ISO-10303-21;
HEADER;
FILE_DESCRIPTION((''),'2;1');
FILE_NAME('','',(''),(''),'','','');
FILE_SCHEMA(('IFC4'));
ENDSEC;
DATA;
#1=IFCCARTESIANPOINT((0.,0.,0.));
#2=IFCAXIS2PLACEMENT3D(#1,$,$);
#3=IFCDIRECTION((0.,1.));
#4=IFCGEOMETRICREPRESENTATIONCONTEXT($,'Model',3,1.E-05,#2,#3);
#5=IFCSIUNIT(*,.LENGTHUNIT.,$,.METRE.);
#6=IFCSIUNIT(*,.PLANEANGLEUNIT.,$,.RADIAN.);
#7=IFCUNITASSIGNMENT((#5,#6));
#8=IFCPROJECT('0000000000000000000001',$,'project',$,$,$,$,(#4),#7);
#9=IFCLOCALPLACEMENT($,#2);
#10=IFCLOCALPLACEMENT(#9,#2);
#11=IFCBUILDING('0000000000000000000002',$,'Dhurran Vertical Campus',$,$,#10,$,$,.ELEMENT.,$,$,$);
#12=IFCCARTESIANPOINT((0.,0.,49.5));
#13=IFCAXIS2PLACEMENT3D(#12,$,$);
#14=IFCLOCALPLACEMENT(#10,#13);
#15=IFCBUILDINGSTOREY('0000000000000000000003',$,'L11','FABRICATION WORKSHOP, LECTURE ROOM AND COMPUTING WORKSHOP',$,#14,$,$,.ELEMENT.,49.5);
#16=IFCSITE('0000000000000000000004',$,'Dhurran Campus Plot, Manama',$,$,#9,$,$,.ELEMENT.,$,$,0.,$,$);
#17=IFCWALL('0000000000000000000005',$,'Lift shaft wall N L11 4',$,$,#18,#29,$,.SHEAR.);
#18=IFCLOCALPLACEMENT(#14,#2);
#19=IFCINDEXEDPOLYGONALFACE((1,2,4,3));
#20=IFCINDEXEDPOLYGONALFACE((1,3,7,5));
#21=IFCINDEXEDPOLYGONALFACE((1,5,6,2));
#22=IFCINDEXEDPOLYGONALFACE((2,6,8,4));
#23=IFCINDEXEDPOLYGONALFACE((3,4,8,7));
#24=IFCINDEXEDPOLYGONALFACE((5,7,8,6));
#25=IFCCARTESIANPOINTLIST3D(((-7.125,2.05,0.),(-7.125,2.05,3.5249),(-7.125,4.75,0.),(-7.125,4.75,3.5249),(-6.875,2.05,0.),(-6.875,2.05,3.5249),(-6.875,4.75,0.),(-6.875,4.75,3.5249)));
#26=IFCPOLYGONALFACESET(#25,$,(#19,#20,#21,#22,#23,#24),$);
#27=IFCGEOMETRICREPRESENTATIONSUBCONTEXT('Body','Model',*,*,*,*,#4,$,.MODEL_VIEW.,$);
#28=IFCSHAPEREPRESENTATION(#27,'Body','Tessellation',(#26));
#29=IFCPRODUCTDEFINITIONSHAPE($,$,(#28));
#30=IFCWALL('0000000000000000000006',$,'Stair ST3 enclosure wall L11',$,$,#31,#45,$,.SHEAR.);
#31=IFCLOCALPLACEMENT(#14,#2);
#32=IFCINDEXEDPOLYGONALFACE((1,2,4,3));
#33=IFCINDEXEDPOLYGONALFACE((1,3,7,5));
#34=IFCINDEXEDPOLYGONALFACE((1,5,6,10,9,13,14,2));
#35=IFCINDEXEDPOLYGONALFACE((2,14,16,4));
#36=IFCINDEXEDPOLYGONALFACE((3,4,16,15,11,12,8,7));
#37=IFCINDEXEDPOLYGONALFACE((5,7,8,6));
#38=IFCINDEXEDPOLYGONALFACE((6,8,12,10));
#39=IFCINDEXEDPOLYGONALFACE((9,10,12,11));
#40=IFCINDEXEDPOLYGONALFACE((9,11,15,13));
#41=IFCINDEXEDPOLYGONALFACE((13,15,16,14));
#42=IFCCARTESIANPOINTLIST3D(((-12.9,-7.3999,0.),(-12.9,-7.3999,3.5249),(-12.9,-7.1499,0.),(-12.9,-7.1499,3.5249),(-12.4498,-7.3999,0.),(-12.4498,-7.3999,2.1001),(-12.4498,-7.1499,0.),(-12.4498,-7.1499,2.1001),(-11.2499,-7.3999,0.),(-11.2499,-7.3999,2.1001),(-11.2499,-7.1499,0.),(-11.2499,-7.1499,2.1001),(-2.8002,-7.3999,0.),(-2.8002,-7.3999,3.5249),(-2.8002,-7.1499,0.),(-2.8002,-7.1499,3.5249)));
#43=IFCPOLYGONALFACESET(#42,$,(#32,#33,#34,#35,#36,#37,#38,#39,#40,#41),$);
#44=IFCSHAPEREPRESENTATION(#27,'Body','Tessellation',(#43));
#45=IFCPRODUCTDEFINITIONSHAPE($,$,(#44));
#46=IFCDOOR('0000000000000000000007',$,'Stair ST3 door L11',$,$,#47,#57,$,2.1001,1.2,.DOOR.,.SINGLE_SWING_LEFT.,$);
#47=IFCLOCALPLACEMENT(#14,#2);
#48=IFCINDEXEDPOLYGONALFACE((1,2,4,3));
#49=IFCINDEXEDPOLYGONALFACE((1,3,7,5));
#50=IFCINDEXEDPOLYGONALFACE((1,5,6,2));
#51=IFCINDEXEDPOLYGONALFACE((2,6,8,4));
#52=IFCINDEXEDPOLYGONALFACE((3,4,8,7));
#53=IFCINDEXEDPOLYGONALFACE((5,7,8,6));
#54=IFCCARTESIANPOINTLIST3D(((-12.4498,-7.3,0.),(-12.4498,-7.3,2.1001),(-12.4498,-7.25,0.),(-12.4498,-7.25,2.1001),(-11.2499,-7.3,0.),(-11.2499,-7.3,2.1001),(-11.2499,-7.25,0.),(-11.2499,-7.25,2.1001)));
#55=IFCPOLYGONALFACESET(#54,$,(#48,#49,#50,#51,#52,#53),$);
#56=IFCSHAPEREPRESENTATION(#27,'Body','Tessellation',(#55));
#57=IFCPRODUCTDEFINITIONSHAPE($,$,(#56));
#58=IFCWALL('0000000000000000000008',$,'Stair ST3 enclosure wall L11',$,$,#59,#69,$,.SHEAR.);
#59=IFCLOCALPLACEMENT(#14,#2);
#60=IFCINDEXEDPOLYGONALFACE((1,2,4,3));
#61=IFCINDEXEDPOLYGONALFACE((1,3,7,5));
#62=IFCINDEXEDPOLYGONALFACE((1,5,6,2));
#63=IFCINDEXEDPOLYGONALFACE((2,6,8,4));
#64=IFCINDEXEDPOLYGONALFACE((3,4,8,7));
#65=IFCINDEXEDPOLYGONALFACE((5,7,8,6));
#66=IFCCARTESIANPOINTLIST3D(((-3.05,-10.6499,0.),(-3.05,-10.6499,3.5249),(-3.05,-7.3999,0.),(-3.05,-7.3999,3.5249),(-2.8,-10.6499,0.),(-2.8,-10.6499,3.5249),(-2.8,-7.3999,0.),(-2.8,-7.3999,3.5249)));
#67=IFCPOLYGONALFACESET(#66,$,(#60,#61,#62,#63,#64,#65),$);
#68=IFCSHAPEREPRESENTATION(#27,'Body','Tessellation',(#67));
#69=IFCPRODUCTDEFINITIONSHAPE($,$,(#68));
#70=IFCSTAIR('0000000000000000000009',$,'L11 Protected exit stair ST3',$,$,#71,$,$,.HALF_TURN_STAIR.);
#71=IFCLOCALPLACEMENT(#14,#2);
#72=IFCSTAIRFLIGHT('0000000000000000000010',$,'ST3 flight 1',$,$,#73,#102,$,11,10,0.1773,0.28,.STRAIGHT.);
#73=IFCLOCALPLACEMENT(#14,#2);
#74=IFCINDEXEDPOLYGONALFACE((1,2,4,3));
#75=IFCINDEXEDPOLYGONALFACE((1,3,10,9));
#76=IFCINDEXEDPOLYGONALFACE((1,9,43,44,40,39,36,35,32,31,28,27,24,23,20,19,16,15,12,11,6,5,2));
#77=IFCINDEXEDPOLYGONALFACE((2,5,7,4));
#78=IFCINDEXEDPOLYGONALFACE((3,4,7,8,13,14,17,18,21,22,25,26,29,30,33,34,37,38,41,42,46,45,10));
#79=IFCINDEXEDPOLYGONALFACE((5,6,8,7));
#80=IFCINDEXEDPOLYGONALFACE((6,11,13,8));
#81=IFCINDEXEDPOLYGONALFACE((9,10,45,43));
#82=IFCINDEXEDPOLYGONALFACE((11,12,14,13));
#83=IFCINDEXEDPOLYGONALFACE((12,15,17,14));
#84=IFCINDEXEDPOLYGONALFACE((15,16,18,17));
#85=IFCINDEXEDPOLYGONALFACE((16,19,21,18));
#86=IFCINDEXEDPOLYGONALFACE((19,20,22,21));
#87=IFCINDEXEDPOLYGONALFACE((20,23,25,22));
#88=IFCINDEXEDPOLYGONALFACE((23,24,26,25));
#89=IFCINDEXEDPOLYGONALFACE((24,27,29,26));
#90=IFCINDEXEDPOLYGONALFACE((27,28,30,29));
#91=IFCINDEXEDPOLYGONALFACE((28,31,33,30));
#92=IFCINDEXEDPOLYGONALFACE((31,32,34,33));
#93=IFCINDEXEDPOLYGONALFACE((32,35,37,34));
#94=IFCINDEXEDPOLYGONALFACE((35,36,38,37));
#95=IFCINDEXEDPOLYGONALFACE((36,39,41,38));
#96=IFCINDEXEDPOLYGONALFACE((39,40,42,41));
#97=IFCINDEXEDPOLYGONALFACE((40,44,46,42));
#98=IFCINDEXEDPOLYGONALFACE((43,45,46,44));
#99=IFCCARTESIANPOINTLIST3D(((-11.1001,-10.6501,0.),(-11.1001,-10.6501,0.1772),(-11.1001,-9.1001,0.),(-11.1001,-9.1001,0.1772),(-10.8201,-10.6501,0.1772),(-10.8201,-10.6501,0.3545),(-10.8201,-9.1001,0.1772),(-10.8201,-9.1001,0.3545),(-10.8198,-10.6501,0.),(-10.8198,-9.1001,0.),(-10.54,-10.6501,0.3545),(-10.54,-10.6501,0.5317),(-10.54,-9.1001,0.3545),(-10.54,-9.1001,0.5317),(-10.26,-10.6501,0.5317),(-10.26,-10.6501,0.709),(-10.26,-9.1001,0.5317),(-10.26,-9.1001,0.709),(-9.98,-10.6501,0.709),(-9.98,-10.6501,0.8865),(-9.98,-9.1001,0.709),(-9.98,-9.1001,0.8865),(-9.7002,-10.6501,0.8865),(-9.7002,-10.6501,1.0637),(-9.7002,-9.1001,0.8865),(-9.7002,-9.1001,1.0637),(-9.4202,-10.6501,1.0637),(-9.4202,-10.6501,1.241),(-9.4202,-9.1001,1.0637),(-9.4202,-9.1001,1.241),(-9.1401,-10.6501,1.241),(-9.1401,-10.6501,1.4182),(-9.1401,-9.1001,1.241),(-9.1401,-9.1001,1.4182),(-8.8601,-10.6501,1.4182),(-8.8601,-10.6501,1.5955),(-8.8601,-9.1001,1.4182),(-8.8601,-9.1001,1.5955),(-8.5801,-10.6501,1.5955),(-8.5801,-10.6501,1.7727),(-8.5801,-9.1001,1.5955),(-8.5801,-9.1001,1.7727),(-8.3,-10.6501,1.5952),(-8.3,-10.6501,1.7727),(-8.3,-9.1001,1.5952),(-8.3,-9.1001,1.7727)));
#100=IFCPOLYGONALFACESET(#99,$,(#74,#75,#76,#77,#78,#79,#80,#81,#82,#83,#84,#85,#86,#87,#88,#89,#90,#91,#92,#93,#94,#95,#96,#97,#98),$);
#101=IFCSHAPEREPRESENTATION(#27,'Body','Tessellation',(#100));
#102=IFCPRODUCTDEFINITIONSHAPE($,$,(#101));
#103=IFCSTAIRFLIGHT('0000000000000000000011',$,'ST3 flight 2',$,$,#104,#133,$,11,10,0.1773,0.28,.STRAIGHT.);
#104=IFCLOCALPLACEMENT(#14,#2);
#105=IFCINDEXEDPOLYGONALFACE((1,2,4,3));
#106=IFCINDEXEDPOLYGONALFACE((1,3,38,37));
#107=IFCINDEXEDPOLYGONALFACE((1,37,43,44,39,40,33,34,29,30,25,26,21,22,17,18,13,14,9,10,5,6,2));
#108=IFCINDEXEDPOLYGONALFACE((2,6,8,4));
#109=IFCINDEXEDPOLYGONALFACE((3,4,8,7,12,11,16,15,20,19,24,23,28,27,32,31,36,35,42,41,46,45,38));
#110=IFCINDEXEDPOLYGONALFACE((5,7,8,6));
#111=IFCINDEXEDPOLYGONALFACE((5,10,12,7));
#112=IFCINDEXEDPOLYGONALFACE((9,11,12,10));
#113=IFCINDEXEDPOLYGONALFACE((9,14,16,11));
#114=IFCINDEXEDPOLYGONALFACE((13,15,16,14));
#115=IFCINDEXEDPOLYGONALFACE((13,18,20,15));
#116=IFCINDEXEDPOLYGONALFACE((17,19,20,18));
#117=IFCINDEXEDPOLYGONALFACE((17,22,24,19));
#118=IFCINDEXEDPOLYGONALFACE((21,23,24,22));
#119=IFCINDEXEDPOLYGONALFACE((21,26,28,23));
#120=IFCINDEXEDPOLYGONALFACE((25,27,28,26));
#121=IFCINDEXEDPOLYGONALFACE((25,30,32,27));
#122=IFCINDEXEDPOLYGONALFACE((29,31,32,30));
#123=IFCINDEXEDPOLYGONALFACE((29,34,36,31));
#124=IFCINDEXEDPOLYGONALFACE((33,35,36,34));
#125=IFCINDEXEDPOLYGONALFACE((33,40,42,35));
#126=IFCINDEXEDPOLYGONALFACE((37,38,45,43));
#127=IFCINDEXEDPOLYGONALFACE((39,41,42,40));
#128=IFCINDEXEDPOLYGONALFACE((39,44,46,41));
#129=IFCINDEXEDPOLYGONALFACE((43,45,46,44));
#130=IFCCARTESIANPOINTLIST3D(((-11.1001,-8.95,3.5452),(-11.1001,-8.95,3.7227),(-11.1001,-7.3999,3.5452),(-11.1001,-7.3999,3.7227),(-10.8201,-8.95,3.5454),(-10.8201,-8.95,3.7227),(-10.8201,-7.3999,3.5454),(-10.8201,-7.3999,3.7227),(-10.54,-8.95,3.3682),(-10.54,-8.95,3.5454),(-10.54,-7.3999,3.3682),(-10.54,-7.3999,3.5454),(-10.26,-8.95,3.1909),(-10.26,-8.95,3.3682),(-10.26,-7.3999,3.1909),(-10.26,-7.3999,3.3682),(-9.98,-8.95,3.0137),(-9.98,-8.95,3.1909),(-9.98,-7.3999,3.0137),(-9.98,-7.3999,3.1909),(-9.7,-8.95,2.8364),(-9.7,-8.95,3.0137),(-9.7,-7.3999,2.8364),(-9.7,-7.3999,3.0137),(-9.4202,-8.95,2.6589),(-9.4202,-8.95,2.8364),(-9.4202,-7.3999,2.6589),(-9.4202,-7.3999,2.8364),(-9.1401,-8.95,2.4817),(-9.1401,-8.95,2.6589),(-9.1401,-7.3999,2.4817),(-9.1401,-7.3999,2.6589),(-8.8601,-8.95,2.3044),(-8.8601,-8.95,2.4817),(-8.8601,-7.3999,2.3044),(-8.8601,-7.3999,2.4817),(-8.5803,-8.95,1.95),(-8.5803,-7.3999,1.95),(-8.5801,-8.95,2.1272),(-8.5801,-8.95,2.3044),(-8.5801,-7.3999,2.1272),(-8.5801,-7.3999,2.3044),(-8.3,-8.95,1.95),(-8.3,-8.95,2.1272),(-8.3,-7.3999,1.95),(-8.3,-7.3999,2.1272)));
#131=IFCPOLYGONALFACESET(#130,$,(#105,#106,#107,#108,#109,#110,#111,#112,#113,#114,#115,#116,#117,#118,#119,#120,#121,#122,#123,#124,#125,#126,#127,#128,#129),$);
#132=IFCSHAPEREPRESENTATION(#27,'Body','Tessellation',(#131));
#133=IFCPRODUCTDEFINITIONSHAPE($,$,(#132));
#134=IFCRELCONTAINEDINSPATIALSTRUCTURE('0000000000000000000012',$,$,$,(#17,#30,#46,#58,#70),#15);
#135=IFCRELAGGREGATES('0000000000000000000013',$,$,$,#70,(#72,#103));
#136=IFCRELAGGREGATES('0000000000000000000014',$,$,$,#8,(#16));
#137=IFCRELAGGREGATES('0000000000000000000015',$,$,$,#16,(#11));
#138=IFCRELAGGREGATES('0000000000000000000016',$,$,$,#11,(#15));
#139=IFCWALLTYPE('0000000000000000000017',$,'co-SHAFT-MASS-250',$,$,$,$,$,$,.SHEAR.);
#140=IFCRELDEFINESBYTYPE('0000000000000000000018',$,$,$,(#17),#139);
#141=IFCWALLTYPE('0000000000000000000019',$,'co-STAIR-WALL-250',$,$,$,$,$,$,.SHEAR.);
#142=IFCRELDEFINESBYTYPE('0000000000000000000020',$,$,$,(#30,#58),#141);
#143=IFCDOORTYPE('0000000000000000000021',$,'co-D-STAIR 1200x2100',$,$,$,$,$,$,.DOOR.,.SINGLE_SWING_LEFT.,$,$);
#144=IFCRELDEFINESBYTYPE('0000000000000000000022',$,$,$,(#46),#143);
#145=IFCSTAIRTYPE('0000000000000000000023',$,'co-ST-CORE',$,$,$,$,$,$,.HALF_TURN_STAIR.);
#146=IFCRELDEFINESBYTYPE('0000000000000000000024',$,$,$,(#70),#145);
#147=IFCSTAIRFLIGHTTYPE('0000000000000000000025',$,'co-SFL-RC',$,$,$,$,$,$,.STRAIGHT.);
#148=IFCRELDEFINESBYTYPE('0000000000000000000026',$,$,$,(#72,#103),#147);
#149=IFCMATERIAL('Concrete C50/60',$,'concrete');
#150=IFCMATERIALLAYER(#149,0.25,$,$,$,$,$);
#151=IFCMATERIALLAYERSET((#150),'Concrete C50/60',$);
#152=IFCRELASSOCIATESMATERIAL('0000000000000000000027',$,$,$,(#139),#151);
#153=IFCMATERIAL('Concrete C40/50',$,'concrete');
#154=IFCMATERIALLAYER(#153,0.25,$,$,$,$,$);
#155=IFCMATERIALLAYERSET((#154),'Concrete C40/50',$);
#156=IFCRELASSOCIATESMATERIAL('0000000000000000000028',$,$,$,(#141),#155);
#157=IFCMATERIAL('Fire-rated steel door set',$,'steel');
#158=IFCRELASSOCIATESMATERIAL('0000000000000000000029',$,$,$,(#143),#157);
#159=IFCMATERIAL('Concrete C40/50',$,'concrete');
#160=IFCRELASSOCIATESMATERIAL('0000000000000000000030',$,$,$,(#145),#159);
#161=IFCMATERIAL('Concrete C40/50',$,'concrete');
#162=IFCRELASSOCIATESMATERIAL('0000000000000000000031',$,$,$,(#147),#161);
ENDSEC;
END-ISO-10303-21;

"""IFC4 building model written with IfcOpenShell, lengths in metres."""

from ifc_helpers import new_model, si_unit, direction, frame, frame_2d, origin, place, context, subcontext, project, spatial, polyline, rectangle, outline, extrude, material, layer, layer_set, type_object, element, fill, aggregate, save


model = new_model("IFC4")

# Units and contexts
model_context = context("Model", 3, precision=1e-05, world=origin(), true_north=direction((0.0, 1.0)))
body_context = subcontext(model_context, "Body", "Model", "MODEL_VIEW")
ifc_project = project(units=[si_unit("LENGTHUNIT", "METRE"), si_unit("PLANEANGLEUNIT", "RADIAN")], contexts=[model_context])

# Site, building, storey
site_placement = place(None, origin())
site = spatial("IfcSite", under=ifc_project, at=site_placement, Name="Dhurran Campus Plot, Manama", CompositionType="ELEMENT", RefElevation=0.0)
building_placement = place(site_placement, origin())
building = spatial("IfcBuilding", under=site, at=building_placement, Name="Dhurran Vertical Campus", CompositionType="ELEMENT")
storey_placement = place(building_placement, frame((0.0, 0.0, 49.5)))
storey = spatial("IfcBuildingStorey", under=building, at=storey_placement, Name="L11", Description="FABRICATION WORKSHOP, LECTURE ROOM AND COMPUTING WORKSHOP", CompositionType="ELEMENT", Elevation=49.5)

# Wall
ifc_material_1 = material(Name="Concrete C50/60", Category="concrete")
ifc_layer_1 = layer(ifc_material_1, 0.25)
ifc_layer_set_1 = layer_set([ifc_layer_1], Name="Concrete C50/60")
wall_type_1 = type_object("IfcWallType", Name="co-SHAFT-MASS-250", PredefinedType="SHEAR", material=ifc_layer_set_1)
wall_1_placement = place(storey_placement, origin())
element("IfcWall", 1, at=wall_1_placement, inside=storey, type_object=wall_type_1, Name="Lift shaft wall N L11 4", PredefinedType="SHEAR", context=body_context, shape_type="SweptSolid", body=[
    extrude(outline(polyline([(-7.125, 2.05), (-6.875, 2.05), (-6.875, 4.75), (-7.125, 4.75), (-7.125, 2.05)])), origin(), (0.0, 0.0, 1.0), 3.5249),
])

# Wall, opening, door
ifc_material_2 = material(Name="Concrete C40/50", Category="concrete")
ifc_layer_2 = layer(ifc_material_2, 0.25)
ifc_layer_set_2 = layer_set([ifc_layer_2], Name="Concrete C40/50")
wall_type_2 = type_object("IfcWallType", Name="co-STAIR-WALL-250", PredefinedType="SHEAR", material=ifc_layer_set_2)
wall_2_placement = place(storey_placement, frame((-12.8999, -7.2749, 0.0), z_axis=(0.0, 0.0, 1.0), x_axis=(1.0, 0.0, 0.0)))
wall_2 = element("IfcWall", 2, at=wall_2_placement, inside=storey, type_object=wall_type_2, Name="Stair ST3 enclosure wall L11", PredefinedType="SHEAR", context=body_context, shape_type="SweptSolid", body=[
    extrude(rectangle(XDim=10.0999, YDim=0.25, at=frame_2d((5.0498, 0.0))), origin(), (0.0, 0.0, 1.0), 3.5249),
])
opening_1_placement = place(wall_2_placement, frame((0.45, 0.0, 0.0)))
opening_1 = element("IfcOpeningElement", 3, at=opening_1_placement, cuts=wall_2, PredefinedType="OPENING", context=body_context, shape_type="SweptSolid", body=[
    extrude(rectangle(XDim=1.2, YDim=2.1001, at=frame_2d((0.6001, 1.05))), frame((0.0, 0.135, 0.0), z_axis=(0.0, -1.0, 0.0), x_axis=(1.0, 0.0, 0.0)), (0.0, 0.0, 1.0), 0.27),
])
ifc_material_3 = material(Name="Fire-rated steel door set", Category="steel")
door_type_1 = type_object("IfcDoorType", Name="co-D-STAIR 1200x2100", OperationType="SINGLE_SWING_LEFT", PredefinedType="DOOR", material=ifc_material_3)
door_1_placement = place(opening_1_placement, origin())
door_1 = element("IfcDoor", 4, at=door_1_placement, inside=storey, type_object=door_type_1, Name="Stair ST3 door L11", OperationType="SINGLE_SWING_LEFT", OverallHeight=2.1001, OverallWidth=1.2, PredefinedType="DOOR", context=body_context, shape_type="SweptSolid", body=[
    extrude(rectangle(XDim=1.2, YDim=2.1001, at=frame_2d((0.6001, 1.05))), frame((0.0, 0.0249, 0.0), z_axis=(0.0, -1.0, 0.0), x_axis=(1.0, 0.0, 0.0)), (0.0, 0.0, 1.0), 0.05),
])
fill(opening_1, door_1)

# Wall
wall_3_placement = place(storey_placement, frame((-2.925, -10.6499, 0.0), z_axis=(0.0, 0.0, 1.0), x_axis=(0.0, 1.0, 0.0)))
element("IfcWall", 5, at=wall_3_placement, inside=storey, type_object=wall_type_2, Name="Stair ST3 enclosure wall L11", PredefinedType="SHEAR", context=body_context, shape_type="SweptSolid", body=[
    extrude(rectangle(XDim=3.25, YDim=0.25, at=frame_2d((1.625, 0.0))), origin(), (0.0, 0.0, 1.0), 3.5249),
])

# Stair, stair flights
ifc_material_4 = material(Name="Concrete C40/50", Category="concrete")
stair_type = type_object("IfcStairType", Name="co-ST-CORE", PredefinedType="HALF_TURN_STAIR", material=ifc_material_4)
stair_placement = place(storey_placement, origin())
stair = element("IfcStair", 6, at=stair_placement, inside=storey, type_object=stair_type, Name="L11 Protected exit stair ST3", PredefinedType="HALF_TURN_STAIR")
ifc_material_5 = material(Name="Concrete C40/50", Category="concrete")
stair_flight_type = type_object("IfcStairFlightType", Name="co-SFL-RC", PredefinedType="STRAIGHT", material=ifc_material_5)
stair_flight_1_placement = place(storey_placement, frame((-11.1001, -9.875, 0.0), z_axis=(0.0, 0.0, 1.0), x_axis=(1.0, 0.0, 0.0)))
stair_flight_1 = element("IfcStairFlight", 7, at=stair_flight_1_placement, type_object=stair_flight_type, Name="ST3 flight 1", NumberOfRisers=11, NumberOfTreads=10, PredefinedType="STRAIGHT", RiserHeight=0.1773, TreadLength=0.28, context=body_context, shape_type="SweptSolid", body=[
    extrude(outline(polyline([(0.0, 0.0), (0.0, 0.1772), (0.28, 0.1772), (0.28, 0.3545), (0.5601, 0.3545), (0.5601, 0.5317), (0.8401, 0.5317), (0.8401, 0.709), (1.1201, 0.709), (1.1201, 0.8865), (1.3999, 0.8865), (1.3999, 1.0637), (1.6799, 1.0637), (1.6799, 1.241), (1.96, 1.241), (1.96, 1.4182), (2.24, 1.4182), (2.24, 1.5955), (2.52, 1.5955), (2.52, 1.7727), (2.8, 1.7727), (2.8, 1.95), (2.8, 1.5952), (0.2803, 0.0), (0.0, 0.0)])), frame((0.0, 0.7749, 0.0), z_axis=(0.0, -1.0, 0.0), x_axis=(1.0, 0.0, 0.0)), (0.0, 0.0, 1.0), 1.55),
])
stair_flight_2_placement = place(storey_placement, frame((-8.3, -8.175, 1.95), z_axis=(0.0, 0.0, 1.0), x_axis=(-1.0, 0.0, 0.0)))
stair_flight_2 = element("IfcStairFlight", 8, at=stair_flight_2_placement, type_object=stair_flight_type, Name="ST3 flight 2", NumberOfRisers=11, NumberOfTreads=10, PredefinedType="STRAIGHT", RiserHeight=0.1773, TreadLength=0.28, context=body_context, shape_type="SweptSolid", body=[
    extrude(outline(polyline([(0.0, 0.0), (0.0, 0.1772), (0.28, 0.1772), (0.28, 0.3545), (0.5601, 0.3545), (0.5601, 0.5317), (0.8401, 0.5317), (0.8401, 0.709), (1.1201, 0.709), (1.1201, 0.8865), (1.3999, 0.8865), (1.3999, 1.0637), (1.6799, 1.0637), (1.6799, 1.241), (1.96, 1.241), (1.96, 1.4182), (2.24, 1.4182), (2.24, 1.5955), (2.52, 1.5955), (2.52, 1.7727), (2.8, 1.7727), (2.8, 1.95), (2.8, 1.5952), (0.2803, 0.0), (0.0, 0.0)])), frame((0.0, 0.7749, 0.0), z_axis=(0.0, -1.0, 0.0), x_axis=(1.0, 0.0, 0.0)), (0.0, 0.0, 1.0), 1.55),
])
aggregate(stair, [stair_flight_1, stair_flight_2])

save(model, "model.ifc")
